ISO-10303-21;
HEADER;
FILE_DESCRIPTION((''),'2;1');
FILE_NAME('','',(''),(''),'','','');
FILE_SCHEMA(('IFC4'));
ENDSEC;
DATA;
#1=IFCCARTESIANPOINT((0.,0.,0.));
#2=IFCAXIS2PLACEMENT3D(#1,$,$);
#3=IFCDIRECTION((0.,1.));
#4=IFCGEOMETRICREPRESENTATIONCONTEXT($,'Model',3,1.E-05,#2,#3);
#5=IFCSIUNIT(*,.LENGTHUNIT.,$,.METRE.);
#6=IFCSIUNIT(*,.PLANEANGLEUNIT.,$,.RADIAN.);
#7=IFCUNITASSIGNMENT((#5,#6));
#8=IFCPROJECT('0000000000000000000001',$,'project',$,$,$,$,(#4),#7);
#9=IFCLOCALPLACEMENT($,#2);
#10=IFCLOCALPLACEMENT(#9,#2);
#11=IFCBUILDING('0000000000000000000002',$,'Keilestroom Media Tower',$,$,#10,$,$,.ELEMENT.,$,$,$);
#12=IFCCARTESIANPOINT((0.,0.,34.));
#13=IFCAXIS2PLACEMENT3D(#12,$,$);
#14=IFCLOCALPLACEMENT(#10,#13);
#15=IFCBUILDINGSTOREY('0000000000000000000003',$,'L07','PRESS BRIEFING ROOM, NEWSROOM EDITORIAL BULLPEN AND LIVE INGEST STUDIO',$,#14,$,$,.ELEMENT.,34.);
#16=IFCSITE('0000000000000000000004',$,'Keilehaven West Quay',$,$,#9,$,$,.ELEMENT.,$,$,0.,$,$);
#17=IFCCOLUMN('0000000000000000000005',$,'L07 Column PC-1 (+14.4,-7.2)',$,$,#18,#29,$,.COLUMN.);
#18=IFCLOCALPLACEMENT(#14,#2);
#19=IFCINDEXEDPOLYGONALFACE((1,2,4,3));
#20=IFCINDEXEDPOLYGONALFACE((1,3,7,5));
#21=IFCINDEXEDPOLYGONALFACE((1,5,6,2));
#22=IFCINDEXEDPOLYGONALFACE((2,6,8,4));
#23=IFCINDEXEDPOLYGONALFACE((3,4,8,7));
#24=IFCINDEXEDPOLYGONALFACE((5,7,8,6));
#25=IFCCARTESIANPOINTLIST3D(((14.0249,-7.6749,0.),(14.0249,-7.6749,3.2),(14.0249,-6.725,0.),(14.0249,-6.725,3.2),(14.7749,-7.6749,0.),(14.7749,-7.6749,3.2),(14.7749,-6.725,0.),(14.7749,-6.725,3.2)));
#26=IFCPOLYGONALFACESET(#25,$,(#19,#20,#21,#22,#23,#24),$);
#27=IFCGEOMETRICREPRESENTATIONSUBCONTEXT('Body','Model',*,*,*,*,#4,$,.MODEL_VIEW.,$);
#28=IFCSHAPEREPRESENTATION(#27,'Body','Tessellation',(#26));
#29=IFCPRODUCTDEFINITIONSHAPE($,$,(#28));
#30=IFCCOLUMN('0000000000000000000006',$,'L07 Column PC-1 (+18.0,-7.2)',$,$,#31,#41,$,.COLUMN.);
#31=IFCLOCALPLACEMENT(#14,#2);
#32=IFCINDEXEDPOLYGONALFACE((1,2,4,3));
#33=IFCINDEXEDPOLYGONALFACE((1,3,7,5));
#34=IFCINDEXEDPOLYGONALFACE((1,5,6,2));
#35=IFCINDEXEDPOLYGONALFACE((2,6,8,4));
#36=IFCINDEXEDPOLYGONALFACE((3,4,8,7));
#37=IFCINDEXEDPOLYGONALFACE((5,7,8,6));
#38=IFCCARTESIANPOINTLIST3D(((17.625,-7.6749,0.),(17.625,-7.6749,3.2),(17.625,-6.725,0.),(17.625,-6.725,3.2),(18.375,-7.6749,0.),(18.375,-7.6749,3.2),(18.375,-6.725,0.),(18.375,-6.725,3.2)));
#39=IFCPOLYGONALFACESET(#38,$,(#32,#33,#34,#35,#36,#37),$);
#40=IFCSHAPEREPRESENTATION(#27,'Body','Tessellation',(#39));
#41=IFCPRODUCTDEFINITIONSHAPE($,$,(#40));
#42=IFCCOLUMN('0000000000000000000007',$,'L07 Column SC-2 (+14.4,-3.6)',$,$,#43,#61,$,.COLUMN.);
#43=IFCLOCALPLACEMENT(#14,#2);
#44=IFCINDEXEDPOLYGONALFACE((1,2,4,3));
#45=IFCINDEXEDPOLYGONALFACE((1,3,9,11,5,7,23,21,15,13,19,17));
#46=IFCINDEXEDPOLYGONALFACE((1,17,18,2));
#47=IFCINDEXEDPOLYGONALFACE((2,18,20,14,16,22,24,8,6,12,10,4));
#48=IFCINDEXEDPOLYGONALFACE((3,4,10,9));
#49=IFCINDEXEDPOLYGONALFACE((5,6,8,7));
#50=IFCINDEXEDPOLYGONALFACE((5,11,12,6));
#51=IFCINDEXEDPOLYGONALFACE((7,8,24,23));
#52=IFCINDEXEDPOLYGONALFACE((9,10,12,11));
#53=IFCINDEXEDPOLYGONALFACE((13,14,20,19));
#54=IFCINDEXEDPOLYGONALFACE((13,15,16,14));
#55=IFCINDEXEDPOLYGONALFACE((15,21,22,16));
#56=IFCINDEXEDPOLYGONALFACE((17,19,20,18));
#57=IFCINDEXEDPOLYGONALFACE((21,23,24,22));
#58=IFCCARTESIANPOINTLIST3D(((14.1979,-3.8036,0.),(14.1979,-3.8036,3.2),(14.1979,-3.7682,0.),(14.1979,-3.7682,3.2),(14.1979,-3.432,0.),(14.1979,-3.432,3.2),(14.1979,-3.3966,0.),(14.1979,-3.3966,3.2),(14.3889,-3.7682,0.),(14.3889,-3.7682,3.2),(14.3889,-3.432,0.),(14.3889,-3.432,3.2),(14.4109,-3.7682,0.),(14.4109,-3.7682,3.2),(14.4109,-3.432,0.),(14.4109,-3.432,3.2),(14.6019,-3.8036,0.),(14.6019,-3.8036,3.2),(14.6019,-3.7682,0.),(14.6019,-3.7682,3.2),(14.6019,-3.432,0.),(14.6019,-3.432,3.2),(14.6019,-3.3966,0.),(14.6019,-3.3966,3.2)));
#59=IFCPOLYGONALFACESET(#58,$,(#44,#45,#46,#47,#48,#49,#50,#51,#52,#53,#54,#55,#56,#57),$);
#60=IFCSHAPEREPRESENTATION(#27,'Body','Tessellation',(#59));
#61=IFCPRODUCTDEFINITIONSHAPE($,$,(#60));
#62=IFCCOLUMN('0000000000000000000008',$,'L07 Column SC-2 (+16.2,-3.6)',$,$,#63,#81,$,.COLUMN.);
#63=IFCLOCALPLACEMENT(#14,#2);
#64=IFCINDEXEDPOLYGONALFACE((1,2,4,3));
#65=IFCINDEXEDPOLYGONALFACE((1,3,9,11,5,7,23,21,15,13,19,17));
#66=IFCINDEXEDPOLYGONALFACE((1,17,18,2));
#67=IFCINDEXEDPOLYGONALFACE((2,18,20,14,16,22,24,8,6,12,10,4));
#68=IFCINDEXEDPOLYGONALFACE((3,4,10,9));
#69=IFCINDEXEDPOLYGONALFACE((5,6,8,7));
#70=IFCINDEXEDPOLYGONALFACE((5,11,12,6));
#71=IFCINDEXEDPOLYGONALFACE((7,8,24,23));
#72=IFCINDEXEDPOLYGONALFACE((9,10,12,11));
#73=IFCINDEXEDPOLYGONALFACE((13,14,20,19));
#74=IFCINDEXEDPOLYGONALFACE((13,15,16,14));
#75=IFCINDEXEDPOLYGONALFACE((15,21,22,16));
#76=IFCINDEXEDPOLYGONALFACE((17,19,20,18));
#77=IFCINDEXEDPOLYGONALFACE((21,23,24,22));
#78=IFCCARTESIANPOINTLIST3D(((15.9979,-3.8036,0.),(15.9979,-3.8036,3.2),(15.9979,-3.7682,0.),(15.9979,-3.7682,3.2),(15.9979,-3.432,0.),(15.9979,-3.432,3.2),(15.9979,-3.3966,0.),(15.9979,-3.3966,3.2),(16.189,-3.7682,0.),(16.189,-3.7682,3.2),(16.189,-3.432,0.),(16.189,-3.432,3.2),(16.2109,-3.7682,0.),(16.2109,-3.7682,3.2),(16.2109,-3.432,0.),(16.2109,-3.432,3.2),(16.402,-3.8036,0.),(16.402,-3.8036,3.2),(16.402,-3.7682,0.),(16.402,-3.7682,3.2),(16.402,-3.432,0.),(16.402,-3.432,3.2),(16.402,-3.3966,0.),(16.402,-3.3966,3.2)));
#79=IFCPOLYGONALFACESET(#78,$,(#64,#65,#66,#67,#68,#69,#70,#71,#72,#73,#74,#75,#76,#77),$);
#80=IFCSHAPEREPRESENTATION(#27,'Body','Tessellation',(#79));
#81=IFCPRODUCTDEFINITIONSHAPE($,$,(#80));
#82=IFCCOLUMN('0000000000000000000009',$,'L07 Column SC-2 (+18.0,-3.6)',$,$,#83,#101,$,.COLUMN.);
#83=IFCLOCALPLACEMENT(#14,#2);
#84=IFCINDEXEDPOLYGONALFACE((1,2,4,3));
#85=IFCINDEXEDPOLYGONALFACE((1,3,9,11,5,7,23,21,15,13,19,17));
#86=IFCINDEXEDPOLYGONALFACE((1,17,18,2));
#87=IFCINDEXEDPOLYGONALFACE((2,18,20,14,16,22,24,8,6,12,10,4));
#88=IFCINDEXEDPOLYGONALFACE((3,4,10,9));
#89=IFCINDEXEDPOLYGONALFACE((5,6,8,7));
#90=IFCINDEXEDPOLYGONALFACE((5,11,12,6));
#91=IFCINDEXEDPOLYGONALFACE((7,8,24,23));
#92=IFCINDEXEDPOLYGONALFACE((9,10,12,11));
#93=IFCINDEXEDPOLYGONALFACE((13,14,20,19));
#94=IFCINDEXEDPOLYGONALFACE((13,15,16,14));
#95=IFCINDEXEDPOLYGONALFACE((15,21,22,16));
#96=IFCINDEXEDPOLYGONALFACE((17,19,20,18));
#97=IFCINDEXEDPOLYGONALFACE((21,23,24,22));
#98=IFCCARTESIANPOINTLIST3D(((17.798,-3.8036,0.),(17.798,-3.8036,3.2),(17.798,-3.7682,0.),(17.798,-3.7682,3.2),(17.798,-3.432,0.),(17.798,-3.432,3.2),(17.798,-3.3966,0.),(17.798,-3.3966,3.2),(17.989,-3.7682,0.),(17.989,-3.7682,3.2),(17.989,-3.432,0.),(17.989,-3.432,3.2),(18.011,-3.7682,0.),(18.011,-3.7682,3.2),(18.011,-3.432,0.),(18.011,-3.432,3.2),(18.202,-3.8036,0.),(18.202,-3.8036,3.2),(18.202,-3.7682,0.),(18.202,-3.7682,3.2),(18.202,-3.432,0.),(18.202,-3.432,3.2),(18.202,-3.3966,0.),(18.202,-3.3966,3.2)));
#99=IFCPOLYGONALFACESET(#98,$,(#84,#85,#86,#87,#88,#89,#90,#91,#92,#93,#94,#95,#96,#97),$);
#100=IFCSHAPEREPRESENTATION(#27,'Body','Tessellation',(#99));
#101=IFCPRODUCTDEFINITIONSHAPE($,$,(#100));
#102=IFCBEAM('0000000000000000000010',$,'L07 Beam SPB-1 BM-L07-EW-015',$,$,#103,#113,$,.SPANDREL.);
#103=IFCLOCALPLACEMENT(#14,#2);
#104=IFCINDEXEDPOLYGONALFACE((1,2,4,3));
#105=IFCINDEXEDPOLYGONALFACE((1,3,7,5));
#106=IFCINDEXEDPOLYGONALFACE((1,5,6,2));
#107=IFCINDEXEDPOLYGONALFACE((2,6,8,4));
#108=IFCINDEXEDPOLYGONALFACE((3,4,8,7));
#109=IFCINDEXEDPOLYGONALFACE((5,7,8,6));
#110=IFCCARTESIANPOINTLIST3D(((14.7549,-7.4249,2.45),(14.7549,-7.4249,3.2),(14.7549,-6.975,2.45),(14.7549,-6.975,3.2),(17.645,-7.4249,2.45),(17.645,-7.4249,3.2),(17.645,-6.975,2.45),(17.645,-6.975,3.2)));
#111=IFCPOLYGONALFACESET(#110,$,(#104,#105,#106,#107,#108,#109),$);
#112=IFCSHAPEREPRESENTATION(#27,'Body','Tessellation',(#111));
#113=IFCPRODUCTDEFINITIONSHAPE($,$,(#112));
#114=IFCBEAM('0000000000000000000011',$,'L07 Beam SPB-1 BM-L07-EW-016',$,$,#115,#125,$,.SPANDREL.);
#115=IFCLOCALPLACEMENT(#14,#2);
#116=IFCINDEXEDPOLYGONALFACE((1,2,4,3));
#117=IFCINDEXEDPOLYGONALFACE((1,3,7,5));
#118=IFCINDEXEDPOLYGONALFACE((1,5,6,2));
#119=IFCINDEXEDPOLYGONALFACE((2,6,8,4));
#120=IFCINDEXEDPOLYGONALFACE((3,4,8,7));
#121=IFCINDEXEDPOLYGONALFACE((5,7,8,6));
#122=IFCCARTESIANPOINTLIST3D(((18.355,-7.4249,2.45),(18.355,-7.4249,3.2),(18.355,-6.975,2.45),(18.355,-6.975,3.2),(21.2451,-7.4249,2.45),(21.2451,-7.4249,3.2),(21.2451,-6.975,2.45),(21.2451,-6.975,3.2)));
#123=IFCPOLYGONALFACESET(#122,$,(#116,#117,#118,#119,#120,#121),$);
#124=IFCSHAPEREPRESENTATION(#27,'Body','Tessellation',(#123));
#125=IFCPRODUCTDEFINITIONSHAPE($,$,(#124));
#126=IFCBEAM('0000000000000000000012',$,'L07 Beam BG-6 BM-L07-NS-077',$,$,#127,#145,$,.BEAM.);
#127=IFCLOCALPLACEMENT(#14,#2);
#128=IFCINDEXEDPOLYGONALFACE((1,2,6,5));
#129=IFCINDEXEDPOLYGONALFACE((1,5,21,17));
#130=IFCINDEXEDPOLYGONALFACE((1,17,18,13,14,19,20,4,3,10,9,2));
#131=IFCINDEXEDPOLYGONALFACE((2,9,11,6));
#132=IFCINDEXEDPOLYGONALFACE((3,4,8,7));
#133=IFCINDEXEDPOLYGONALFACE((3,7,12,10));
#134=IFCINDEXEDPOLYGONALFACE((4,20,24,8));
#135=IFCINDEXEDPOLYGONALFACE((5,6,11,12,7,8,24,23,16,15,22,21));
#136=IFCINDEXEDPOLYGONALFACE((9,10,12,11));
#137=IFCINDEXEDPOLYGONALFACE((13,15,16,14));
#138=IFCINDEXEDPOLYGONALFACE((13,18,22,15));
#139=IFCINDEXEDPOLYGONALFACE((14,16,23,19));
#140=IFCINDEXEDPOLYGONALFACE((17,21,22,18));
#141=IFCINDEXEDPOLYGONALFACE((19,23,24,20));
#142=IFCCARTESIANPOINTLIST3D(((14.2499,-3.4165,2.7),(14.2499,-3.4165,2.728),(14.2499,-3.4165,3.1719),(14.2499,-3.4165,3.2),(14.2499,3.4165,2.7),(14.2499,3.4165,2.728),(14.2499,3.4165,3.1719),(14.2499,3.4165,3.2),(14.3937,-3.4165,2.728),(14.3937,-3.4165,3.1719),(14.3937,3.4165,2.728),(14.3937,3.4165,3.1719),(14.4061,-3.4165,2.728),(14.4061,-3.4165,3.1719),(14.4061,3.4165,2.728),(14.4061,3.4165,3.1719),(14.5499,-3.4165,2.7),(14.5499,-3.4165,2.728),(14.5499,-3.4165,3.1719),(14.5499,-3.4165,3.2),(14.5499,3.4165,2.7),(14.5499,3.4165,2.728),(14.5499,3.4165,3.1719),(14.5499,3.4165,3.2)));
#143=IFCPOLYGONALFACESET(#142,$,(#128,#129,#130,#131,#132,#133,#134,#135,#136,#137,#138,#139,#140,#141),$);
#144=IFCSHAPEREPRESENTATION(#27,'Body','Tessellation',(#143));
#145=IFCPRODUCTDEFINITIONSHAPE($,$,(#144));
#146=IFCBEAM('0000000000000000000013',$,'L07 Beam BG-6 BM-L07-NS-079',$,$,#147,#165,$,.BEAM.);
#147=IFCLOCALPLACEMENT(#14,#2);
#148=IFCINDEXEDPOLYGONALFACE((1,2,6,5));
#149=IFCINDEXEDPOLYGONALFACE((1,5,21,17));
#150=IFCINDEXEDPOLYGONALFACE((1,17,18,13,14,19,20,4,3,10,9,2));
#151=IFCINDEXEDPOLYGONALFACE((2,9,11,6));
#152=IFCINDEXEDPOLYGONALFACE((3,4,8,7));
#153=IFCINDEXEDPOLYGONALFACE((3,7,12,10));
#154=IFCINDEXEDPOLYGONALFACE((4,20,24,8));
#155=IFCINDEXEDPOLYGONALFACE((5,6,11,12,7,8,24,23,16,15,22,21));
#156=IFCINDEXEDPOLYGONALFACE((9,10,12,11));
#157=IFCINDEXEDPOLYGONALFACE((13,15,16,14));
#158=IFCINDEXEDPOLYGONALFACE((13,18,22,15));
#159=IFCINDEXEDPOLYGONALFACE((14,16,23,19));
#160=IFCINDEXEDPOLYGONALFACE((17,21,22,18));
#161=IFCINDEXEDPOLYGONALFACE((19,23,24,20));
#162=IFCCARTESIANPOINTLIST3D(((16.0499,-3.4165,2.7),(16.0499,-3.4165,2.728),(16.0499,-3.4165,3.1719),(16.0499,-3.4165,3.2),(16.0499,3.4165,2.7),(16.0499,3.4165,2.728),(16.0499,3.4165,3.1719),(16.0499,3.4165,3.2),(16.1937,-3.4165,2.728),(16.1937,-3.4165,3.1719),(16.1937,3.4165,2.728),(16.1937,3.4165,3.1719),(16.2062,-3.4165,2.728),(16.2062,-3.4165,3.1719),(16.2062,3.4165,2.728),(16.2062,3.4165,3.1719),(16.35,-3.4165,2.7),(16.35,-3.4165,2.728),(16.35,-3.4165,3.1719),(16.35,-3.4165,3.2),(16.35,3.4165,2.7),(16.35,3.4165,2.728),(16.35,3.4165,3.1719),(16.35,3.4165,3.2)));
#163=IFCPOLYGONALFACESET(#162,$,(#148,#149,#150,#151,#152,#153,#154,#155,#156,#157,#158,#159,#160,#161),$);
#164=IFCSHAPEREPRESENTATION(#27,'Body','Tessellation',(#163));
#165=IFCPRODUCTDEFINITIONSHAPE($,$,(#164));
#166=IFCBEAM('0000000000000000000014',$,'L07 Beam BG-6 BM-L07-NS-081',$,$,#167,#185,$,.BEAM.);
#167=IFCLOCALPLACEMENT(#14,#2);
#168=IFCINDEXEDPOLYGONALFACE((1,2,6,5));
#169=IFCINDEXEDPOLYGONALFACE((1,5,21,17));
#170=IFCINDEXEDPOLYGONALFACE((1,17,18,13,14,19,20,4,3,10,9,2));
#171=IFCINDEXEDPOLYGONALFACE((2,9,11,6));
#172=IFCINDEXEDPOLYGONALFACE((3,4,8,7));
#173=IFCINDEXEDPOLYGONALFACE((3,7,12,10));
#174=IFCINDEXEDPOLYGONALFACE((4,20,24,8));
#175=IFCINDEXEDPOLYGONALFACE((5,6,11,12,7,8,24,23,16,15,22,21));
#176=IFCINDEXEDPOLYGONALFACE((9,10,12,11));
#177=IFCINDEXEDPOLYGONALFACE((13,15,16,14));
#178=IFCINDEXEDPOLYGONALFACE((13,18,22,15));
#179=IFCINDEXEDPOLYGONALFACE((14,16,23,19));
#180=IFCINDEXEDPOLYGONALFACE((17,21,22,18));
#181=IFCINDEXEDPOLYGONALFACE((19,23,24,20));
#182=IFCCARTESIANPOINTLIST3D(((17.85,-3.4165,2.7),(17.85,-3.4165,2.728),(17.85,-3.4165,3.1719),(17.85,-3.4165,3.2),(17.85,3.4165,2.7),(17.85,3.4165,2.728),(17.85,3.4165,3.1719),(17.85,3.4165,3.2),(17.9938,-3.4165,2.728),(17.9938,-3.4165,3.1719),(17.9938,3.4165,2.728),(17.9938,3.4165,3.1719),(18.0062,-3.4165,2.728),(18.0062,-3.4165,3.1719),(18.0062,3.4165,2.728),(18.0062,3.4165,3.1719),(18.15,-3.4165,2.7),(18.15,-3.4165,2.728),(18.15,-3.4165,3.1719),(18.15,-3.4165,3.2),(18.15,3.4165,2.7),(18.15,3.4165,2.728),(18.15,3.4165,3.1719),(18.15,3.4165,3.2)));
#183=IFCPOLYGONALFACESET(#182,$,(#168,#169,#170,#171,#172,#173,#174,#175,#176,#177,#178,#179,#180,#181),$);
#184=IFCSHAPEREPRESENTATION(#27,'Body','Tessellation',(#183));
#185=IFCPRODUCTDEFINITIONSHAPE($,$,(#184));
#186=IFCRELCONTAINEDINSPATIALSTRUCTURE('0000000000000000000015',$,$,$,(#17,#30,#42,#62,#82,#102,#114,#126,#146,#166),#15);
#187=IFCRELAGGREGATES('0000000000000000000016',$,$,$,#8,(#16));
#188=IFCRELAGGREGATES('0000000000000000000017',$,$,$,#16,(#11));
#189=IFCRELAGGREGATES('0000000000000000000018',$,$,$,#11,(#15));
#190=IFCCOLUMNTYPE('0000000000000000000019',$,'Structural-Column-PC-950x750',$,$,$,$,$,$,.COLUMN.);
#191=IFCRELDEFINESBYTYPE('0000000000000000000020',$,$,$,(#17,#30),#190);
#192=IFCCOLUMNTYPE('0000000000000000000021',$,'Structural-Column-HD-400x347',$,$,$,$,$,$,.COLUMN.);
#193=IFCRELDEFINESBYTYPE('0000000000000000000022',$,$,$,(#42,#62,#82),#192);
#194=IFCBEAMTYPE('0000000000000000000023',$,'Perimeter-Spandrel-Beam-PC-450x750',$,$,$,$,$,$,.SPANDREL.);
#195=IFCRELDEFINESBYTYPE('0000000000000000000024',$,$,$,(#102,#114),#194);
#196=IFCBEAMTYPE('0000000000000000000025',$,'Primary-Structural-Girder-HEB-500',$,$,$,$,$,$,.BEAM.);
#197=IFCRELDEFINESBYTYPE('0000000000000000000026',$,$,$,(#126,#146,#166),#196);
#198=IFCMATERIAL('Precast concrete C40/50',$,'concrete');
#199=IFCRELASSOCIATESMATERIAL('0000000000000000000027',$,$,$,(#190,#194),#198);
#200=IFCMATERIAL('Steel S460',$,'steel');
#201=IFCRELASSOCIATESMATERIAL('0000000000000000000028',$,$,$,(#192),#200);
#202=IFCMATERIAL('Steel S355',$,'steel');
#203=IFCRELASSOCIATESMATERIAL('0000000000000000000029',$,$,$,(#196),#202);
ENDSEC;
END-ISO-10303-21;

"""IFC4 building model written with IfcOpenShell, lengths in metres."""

from ifc_helpers import new_model, si_unit, direction, frame, origin, origin_2d, place, context, subcontext, project, spatial, rectangle, i_section, extrude, source, transform, mapped, material, material_profile, profile_set, type_object, element, save


model = new_model("IFC4")

# Units and contexts
model_context = context("Model", 3, precision=1e-05, world=origin(), true_north=direction((0.0, 1.0)))
body_context = subcontext(model_context, "Body", "Model", "MODEL_VIEW")
ifc_project = project(units=[si_unit("LENGTHUNIT", "METRE"), si_unit("PLANEANGLEUNIT", "RADIAN")], contexts=[model_context])

# Site, building, storey
site_placement = place(None, origin())
site = spatial("IfcSite", under=ifc_project, at=site_placement, Name="Keilehaven West Quay", CompositionType="ELEMENT", RefElevation=0.0)
building_placement = place(site_placement, origin())
building = spatial("IfcBuilding", under=site, at=building_placement, Name="Keilestroom Media Tower", CompositionType="ELEMENT")
storey_placement = place(building_placement, frame((0.0, 0.0, 34.0)))
storey = spatial("IfcBuildingStorey", under=building, at=storey_placement, Name="L07", Description="PRESS BRIEFING ROOM, NEWSROOM EDITORIAL BULLPEN AND LIVE INGEST STUDIO", CompositionType="ELEMENT", Elevation=34.0)

# Columns
ifc_material_1 = material(Name="Precast concrete C40/50", Category="concrete")
ifc_material_profile_1 = material_profile(ifc_material_1, rectangle(XDim=0.75, YDim=0.95, at=origin_2d()), Name="PC 950x750")
ifc_profile_set_1 = profile_set([ifc_material_profile_1], Name="Precast concrete C40/50")
column_type_1 = type_object("IfcColumnType", Name="Structural-Column-PC-950x750", PredefinedType="COLUMN", material=ifc_profile_set_1)
shared_shape_1 = source(origin(), body_context, "Body", "SweptSolid", [
    extrude(rectangle(XDim=0.75, YDim=0.95, at=origin_2d()), origin(), (0.0, 0.0, 1.0), 3.2),
])
for number, where, z_axis, x_axis, name in (
    (1, (14.3999, -7.2, 0.0), (0.0, 0.0, 1.0), (1.0, 0.0, 0.0), "L07 Column PC-1 (+14.4,-7.2)"),
    (2, (18.0, -7.2, 0.0), (0.0, 0.0, 1.0), (1.0, 0.0, 0.0), "L07 Column PC-1 (+18.0,-7.2)"),
):
    element("IfcColumn", number, at=place(storey_placement, frame(where, z_axis=z_axis, x_axis=x_axis)), inside=storey, type_object=column_type_1, Name=name, PredefinedType="COLUMN", context=body_context, shape_type="MappedRepresentation", body=[
        mapped(shared_shape_1, transform((0.0, 0.0, 0.0), x_axis=(1.0, 0.0, 0.0), y_axis=(0.0, 1.0, 0.0), z_axis=(0.0, 0.0, 1.0), scale=1.0)),
    ])
ifc_material_2 = material(Name="Steel S460", Category="steel")
ifc_material_profile_2 = material_profile(ifc_material_2, i_section(OverallWidth=0.4041, OverallDepth=0.407, WebThickness=0.022, FlangeThickness=0.0354, at=origin_2d()), Name="HD 400x347")
ifc_profile_set_2 = profile_set([ifc_material_profile_2], Name="Steel S460")
column_type_2 = type_object("IfcColumnType", Name="Structural-Column-HD-400x347", PredefinedType="COLUMN", material=ifc_profile_set_2)
shared_shape_2 = source(origin(), body_context, "Body", "SweptSolid", [
    extrude(i_section(OverallWidth=0.4041, OverallDepth=0.407, WebThickness=0.022, FlangeThickness=0.0354, at=origin_2d()), origin(), (0.0, 0.0, 1.0), 3.2),
])
for number, where, z_axis, x_axis, name in (
    (3, (14.3999, -3.6001, 0.0), (0.0, 0.0, 1.0), (1.0, 0.0, 0.0), "L07 Column SC-2 (+14.4,-3.6)"),
    (4, (16.2, -3.6001, 0.0), (0.0, 0.0, 1.0), (1.0, 0.0, 0.0), "L07 Column SC-2 (+16.2,-3.6)"),
    (5, (18.0, -3.6001, 0.0), (0.0, 0.0, 1.0), (1.0, 0.0, 0.0), "L07 Column SC-2 (+18.0,-3.6)"),
):
    element("IfcColumn", number, at=place(storey_placement, frame(where, z_axis=z_axis, x_axis=x_axis)), inside=storey, type_object=column_type_2, Name=name, PredefinedType="COLUMN", context=body_context, shape_type="MappedRepresentation", body=[
        mapped(shared_shape_2, transform((0.0, 0.0, 0.0), x_axis=(1.0, 0.0, 0.0), y_axis=(0.0, 1.0, 0.0), z_axis=(0.0, 0.0, 1.0), scale=1.0)),
    ])

# Beams
ifc_material_profile_3 = material_profile(ifc_material_1, rectangle(XDim=0.45, YDim=0.75, at=origin_2d()), Name="PC 450x750")
ifc_profile_set_3 = profile_set([ifc_material_profile_3], Name="Precast concrete C40/50")
beam_type_1 = type_object("IfcBeamType", Name="Perimeter-Spandrel-Beam-PC-450x750", PredefinedType="SPANDREL", material=ifc_profile_set_3)
shared_shape_3 = source(origin(), body_context, "Body", "SweptSolid", [
    extrude(rectangle(XDim=0.45, YDim=0.75, at=origin_2d()), origin(), (0.0, 0.0, 1.0), 2.8901),
])
for number, where, z_axis, x_axis, name in (
    (6, (14.7549, -7.2, 2.825), (1.0, 0.0, 0.0), (0.0, 1.0, 0.0), "L07 Beam SPB-1 BM-L07-EW-015"),
    (7, (18.355, -7.2, 2.825), (1.0, 0.0, 0.0), (0.0, 1.0, 0.0), "L07 Beam SPB-1 BM-L07-EW-016"),
):
    element("IfcBeam", number, at=place(storey_placement, frame(where, z_axis=z_axis, x_axis=x_axis)), inside=storey, type_object=beam_type_1, Name=name, PredefinedType="SPANDREL", context=body_context, shape_type="MappedRepresentation", body=[
        mapped(shared_shape_3, transform((0.0, 0.0, 0.0), x_axis=(1.0, 0.0, 0.0), y_axis=(0.0, 1.0, 0.0), z_axis=(0.0, 0.0, 1.0), scale=1.0)),
    ])
ifc_material_3 = material(Name="Steel S355", Category="steel")
ifc_material_profile_4 = material_profile(ifc_material_3, i_section(OverallWidth=0.3, OverallDepth=0.5, WebThickness=0.0125, FlangeThickness=0.0281, at=origin_2d()), Name="HEB 500")
ifc_profile_set_4 = profile_set([ifc_material_profile_4], Name="Steel S355")
beam_type_2 = type_object("IfcBeamType", Name="Primary-Structural-Girder-HEB-500", PredefinedType="BEAM", material=ifc_profile_set_4)
shared_shape_4 = source(origin(), body_context, "Body", "SweptSolid", [
    extrude(i_section(OverallWidth=0.3, OverallDepth=0.5, WebThickness=0.0125, FlangeThickness=0.0281, at=origin_2d()), origin(), (0.0, 0.0, 1.0), 6.833),
])
for number, where, z_axis, x_axis, name in (
    (8, (14.3999, -3.4165, 2.95), (0.0, 1.0, 0.0), (-1.0, 0.0, 0.0), "L07 Beam BG-6 BM-L07-NS-077"),
    (9, (16.2, -3.4165, 2.95), (0.0, 1.0, 0.0), (-1.0, 0.0, 0.0), "L07 Beam BG-6 BM-L07-NS-079"),
    (10, (18.0, -3.4165, 2.95), (0.0, 1.0, 0.0), (-1.0, 0.0, 0.0), "L07 Beam BG-6 BM-L07-NS-081"),
):
    element("IfcBeam", number, at=place(storey_placement, frame(where, z_axis=z_axis, x_axis=x_axis)), inside=storey, type_object=beam_type_2, Name=name, PredefinedType="BEAM", context=body_context, shape_type="MappedRepresentation", body=[
        mapped(shared_shape_4, transform((0.0, 0.0, 0.0), x_axis=(1.0, 0.0, 0.0), y_axis=(0.0, 1.0, 0.0), z_axis=(0.0, 0.0, 1.0), scale=1.0)),
    ])

save(model, "model.ifc")
